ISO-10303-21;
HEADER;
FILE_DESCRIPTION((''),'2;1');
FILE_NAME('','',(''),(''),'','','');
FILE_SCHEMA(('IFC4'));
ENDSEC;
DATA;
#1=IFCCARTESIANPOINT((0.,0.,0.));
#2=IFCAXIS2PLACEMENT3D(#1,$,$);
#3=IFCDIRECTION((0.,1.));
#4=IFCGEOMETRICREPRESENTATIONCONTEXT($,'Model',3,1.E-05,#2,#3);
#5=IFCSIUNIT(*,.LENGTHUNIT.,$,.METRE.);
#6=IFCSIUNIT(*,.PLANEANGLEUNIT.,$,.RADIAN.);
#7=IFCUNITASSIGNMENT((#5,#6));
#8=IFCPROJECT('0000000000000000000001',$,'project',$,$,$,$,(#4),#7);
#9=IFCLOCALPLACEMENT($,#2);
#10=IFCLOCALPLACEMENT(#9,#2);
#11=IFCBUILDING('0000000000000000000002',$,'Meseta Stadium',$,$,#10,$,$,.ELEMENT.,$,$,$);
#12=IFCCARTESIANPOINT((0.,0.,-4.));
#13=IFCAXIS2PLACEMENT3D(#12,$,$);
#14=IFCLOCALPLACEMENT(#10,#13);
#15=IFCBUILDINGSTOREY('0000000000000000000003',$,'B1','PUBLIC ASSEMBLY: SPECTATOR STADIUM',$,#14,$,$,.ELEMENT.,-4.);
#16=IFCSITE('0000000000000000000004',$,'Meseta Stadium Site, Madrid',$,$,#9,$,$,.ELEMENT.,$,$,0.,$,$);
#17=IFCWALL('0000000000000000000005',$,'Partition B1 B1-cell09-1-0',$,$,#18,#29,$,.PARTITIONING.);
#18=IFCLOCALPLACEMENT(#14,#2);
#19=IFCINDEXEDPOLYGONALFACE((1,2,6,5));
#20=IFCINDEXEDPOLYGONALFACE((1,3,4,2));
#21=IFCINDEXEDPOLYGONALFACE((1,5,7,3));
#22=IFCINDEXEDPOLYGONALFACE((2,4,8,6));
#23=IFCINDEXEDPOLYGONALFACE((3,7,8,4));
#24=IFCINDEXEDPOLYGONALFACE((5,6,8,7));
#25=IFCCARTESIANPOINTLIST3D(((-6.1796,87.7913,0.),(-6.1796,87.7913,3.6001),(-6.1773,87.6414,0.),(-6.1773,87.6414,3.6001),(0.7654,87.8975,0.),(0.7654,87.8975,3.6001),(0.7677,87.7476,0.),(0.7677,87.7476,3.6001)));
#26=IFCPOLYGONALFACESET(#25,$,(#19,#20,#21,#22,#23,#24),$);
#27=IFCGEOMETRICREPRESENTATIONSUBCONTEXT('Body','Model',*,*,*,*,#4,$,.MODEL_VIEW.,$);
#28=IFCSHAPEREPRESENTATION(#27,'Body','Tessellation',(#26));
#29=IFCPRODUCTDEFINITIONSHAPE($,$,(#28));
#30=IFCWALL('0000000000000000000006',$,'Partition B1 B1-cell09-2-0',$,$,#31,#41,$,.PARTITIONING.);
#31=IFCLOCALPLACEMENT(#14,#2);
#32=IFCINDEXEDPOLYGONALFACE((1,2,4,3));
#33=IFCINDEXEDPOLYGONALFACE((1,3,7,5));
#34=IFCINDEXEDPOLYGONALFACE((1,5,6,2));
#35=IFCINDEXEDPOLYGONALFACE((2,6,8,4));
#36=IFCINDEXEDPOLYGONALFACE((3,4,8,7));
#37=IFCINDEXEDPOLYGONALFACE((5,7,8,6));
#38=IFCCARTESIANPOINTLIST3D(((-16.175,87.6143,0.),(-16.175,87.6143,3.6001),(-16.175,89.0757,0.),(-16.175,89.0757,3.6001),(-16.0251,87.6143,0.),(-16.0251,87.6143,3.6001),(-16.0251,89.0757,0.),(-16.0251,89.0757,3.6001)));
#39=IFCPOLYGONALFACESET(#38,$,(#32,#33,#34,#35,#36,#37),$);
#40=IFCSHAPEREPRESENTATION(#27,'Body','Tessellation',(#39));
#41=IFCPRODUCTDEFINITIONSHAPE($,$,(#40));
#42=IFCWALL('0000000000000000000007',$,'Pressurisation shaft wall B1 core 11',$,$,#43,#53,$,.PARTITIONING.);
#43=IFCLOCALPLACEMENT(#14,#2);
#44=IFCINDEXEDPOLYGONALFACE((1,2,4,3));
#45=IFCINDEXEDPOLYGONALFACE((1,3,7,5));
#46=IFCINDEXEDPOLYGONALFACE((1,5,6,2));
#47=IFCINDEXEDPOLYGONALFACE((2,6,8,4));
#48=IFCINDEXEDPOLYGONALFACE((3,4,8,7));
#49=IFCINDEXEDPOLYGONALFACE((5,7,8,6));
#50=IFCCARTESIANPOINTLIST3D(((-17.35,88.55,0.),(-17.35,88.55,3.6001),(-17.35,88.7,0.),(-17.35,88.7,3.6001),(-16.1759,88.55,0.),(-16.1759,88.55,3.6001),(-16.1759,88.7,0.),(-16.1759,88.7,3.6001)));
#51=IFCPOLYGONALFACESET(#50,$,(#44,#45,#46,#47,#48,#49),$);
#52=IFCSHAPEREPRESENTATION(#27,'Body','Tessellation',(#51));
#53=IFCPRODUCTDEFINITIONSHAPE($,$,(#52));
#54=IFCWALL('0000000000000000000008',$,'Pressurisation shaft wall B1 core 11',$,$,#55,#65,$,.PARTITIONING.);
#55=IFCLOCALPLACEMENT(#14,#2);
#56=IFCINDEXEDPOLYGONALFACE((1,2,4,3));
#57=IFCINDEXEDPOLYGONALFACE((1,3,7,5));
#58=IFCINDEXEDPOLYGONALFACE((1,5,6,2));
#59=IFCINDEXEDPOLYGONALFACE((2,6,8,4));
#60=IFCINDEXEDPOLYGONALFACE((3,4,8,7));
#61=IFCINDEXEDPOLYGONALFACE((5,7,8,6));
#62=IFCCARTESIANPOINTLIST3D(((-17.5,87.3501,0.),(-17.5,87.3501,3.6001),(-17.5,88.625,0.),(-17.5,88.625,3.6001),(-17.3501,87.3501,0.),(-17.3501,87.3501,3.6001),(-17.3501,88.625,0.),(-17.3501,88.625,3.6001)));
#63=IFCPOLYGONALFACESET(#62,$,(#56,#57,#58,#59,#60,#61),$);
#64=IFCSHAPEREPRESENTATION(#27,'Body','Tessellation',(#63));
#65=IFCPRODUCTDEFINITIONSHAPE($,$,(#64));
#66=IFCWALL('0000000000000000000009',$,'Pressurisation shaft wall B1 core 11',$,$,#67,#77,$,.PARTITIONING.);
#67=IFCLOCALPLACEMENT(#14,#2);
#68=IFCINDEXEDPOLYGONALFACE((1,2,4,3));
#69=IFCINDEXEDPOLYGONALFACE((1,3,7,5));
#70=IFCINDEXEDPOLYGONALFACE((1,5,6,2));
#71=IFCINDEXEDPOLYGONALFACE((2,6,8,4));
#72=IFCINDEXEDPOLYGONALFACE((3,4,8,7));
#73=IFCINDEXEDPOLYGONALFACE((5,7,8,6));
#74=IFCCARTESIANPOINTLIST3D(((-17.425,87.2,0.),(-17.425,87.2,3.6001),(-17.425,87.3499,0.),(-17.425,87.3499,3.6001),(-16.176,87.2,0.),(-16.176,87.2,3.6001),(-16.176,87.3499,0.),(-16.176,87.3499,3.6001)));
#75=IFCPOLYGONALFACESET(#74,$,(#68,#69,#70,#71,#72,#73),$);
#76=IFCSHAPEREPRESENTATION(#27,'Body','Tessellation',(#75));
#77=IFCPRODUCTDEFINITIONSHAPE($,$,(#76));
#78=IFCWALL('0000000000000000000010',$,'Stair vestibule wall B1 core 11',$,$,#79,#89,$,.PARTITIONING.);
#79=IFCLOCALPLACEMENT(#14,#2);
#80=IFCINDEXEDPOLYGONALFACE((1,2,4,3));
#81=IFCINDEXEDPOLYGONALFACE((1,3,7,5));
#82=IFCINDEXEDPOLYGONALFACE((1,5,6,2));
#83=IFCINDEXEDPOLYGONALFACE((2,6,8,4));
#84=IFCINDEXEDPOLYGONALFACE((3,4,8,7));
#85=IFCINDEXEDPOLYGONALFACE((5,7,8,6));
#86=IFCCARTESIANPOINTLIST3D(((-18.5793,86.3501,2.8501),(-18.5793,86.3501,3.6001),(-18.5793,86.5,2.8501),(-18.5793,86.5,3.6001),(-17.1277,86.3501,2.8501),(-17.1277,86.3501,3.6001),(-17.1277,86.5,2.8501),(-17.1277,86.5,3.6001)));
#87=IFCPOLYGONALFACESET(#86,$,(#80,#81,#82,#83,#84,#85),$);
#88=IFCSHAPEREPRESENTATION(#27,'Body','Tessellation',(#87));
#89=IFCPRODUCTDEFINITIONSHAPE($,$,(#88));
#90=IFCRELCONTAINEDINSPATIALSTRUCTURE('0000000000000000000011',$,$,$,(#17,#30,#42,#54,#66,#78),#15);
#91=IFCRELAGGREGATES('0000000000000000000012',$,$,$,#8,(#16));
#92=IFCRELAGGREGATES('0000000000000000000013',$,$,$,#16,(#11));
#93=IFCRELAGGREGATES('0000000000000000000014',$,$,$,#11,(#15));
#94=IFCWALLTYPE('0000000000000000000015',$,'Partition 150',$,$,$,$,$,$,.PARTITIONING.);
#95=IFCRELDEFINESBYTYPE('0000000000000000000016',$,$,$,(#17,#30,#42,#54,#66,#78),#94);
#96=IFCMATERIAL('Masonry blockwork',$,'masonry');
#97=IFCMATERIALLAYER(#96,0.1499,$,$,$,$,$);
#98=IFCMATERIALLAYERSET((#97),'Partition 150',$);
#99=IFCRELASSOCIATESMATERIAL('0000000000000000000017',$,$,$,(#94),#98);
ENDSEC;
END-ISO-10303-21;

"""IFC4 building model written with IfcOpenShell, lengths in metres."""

from ifc_helpers import new_model, si_unit, direction, frame, frame_2d, origin, place, context, subcontext, project, spatial, rectangle, extrude, material, layer, layer_set, type_object, element, save


model = new_model("IFC4")

# Units and contexts
model_context = context("Model", 3, precision=1e-05, world=origin(), true_north=direction((0.0, 1.0)))
body_context = subcontext(model_context, "Body", "Model", "MODEL_VIEW")
ifc_project = project(units=[si_unit("LENGTHUNIT", "METRE"), si_unit("PLANEANGLEUNIT", "RADIAN")], contexts=[model_context])

# Site, building, storey
site_placement = place(None, origin())
site = spatial("IfcSite", under=ifc_project, at=site_placement, Name="Meseta Stadium Site, Madrid", CompositionType="ELEMENT", RefElevation=0.0)
building_placement = place(site_placement, origin())
building = spatial("IfcBuilding", under=site, at=building_placement, Name="Meseta Stadium", CompositionType="ELEMENT")
storey_placement = place(building_placement, frame((0.0, 0.0, -4.0)))
storey = spatial("IfcBuildingStorey", under=building, at=storey_placement, Name="B1", Description="PUBLIC ASSEMBLY: SPECTATOR STADIUM", CompositionType="ELEMENT", Elevation=-4.0)

# Walls
ifc_material_1 = material(Name="Masonry blockwork", Category="masonry")
ifc_layer = layer(ifc_material_1, 0.1499)
ifc_layer_set = layer_set([ifc_layer], Name="Partition 150")
wall_type = type_object("IfcWallType", Name="Partition 150", PredefinedType="PARTITIONING", material=ifc_layer_set)
wall_1_placement = place(storey_placement, frame((-6.1785, 87.7163, 0.0), z_axis=(0.0, 0.0, 1.0), x_axis=(0.999883, 0.01529, 0.0)))
element("IfcWall", 1, at=wall_1_placement, inside=storey, type_object=wall_type, Name="Partition B1 B1-cell09-1-0", PredefinedType="PARTITIONING", context=body_context, shape_type="SweptSolid", body=[
    extrude(rectangle(XDim=6.9458, YDim=0.1499, at=frame_2d((3.4729, 0.0))), origin(), (0.0, 0.0, 1.0), 3.6001),
])
wall_2_placement = place(storey_placement, frame((-16.1001, 87.6143, 0.0), z_axis=(0.0, 0.0, 1.0), x_axis=(0.0, 1.0, 0.0)))
element("IfcWall", 2, at=wall_2_placement, inside=storey, type_object=wall_type, Name="Partition B1 B1-cell09-2-0", PredefinedType="PARTITIONING", context=body_context, shape_type="SweptSolid", body=[
    extrude(rectangle(XDim=1.4614, YDim=0.1499, at=frame_2d((0.7307, 0.0))), origin(), (0.0, 0.0, 1.0), 3.6001),
])
wall_3_placement = place(storey_placement, frame((-16.176, 88.625, 0.0), z_axis=(0.0, 0.0, 1.0), x_axis=(-1.0, 0.0, 0.0)))
element("IfcWall", 3, at=wall_3_placement, inside=storey, type_object=wall_type, Name="Pressurisation shaft wall B1 core 11", PredefinedType="PARTITIONING", context=body_context, shape_type="SweptSolid", body=[
    extrude(rectangle(XDim=1.1741, YDim=0.1499, at=frame_2d((0.5869, 0.0))), origin(), (0.0, 0.0, 1.0), 3.6001),
])
wall_4_placement = place(storey_placement, frame((-17.425, 88.625, 0.0), z_axis=(0.0, 0.0, 1.0), x_axis=(0.0, -1.0, 0.0)))
element("IfcWall", 4, at=wall_4_placement, inside=storey, type_object=wall_type, Name="Pressurisation shaft wall B1 core 11", PredefinedType="PARTITIONING", context=body_context, shape_type="SweptSolid", body=[
    extrude(rectangle(XDim=1.2749, YDim=0.1499, at=frame_2d((0.6375, 0.0))), origin(), (0.0, 0.0, 1.0), 3.6001),
])
wall_5_placement = place(storey_placement, frame((-17.425, 87.2749, 0.0), z_axis=(0.0, 0.0, 1.0), x_axis=(1.0, 0.0, 0.0)))
element("IfcWall", 5, at=wall_5_placement, inside=storey, type_object=wall_type, Name="Pressurisation shaft wall B1 core 11", PredefinedType="PARTITIONING", context=body_context, shape_type="SweptSolid", body=[
    extrude(rectangle(XDim=1.249, YDim=0.1499, at=frame_2d((0.6245, 0.0))), origin(), (0.0, 0.0, 1.0), 3.6001),
])
wall_6_placement = place(storey_placement, frame((-18.5793, 86.425, 2.8501), z_axis=(0.0, 0.0, 1.0), x_axis=(1.0, 0.0, 0.0)))
element("IfcWall", 6, at=wall_6_placement, inside=storey, type_object=wall_type, Name="Stair vestibule wall B1 core 11", PredefinedType="PARTITIONING", context=body_context, shape_type="SweptSolid", body=[
    extrude(rectangle(XDim=1.4517, YDim=0.1499, at=frame_2d((0.7258, 0.0))), origin(), (0.0, 0.0, 1.0), 0.75),
])

save(model, "model.ifc")
